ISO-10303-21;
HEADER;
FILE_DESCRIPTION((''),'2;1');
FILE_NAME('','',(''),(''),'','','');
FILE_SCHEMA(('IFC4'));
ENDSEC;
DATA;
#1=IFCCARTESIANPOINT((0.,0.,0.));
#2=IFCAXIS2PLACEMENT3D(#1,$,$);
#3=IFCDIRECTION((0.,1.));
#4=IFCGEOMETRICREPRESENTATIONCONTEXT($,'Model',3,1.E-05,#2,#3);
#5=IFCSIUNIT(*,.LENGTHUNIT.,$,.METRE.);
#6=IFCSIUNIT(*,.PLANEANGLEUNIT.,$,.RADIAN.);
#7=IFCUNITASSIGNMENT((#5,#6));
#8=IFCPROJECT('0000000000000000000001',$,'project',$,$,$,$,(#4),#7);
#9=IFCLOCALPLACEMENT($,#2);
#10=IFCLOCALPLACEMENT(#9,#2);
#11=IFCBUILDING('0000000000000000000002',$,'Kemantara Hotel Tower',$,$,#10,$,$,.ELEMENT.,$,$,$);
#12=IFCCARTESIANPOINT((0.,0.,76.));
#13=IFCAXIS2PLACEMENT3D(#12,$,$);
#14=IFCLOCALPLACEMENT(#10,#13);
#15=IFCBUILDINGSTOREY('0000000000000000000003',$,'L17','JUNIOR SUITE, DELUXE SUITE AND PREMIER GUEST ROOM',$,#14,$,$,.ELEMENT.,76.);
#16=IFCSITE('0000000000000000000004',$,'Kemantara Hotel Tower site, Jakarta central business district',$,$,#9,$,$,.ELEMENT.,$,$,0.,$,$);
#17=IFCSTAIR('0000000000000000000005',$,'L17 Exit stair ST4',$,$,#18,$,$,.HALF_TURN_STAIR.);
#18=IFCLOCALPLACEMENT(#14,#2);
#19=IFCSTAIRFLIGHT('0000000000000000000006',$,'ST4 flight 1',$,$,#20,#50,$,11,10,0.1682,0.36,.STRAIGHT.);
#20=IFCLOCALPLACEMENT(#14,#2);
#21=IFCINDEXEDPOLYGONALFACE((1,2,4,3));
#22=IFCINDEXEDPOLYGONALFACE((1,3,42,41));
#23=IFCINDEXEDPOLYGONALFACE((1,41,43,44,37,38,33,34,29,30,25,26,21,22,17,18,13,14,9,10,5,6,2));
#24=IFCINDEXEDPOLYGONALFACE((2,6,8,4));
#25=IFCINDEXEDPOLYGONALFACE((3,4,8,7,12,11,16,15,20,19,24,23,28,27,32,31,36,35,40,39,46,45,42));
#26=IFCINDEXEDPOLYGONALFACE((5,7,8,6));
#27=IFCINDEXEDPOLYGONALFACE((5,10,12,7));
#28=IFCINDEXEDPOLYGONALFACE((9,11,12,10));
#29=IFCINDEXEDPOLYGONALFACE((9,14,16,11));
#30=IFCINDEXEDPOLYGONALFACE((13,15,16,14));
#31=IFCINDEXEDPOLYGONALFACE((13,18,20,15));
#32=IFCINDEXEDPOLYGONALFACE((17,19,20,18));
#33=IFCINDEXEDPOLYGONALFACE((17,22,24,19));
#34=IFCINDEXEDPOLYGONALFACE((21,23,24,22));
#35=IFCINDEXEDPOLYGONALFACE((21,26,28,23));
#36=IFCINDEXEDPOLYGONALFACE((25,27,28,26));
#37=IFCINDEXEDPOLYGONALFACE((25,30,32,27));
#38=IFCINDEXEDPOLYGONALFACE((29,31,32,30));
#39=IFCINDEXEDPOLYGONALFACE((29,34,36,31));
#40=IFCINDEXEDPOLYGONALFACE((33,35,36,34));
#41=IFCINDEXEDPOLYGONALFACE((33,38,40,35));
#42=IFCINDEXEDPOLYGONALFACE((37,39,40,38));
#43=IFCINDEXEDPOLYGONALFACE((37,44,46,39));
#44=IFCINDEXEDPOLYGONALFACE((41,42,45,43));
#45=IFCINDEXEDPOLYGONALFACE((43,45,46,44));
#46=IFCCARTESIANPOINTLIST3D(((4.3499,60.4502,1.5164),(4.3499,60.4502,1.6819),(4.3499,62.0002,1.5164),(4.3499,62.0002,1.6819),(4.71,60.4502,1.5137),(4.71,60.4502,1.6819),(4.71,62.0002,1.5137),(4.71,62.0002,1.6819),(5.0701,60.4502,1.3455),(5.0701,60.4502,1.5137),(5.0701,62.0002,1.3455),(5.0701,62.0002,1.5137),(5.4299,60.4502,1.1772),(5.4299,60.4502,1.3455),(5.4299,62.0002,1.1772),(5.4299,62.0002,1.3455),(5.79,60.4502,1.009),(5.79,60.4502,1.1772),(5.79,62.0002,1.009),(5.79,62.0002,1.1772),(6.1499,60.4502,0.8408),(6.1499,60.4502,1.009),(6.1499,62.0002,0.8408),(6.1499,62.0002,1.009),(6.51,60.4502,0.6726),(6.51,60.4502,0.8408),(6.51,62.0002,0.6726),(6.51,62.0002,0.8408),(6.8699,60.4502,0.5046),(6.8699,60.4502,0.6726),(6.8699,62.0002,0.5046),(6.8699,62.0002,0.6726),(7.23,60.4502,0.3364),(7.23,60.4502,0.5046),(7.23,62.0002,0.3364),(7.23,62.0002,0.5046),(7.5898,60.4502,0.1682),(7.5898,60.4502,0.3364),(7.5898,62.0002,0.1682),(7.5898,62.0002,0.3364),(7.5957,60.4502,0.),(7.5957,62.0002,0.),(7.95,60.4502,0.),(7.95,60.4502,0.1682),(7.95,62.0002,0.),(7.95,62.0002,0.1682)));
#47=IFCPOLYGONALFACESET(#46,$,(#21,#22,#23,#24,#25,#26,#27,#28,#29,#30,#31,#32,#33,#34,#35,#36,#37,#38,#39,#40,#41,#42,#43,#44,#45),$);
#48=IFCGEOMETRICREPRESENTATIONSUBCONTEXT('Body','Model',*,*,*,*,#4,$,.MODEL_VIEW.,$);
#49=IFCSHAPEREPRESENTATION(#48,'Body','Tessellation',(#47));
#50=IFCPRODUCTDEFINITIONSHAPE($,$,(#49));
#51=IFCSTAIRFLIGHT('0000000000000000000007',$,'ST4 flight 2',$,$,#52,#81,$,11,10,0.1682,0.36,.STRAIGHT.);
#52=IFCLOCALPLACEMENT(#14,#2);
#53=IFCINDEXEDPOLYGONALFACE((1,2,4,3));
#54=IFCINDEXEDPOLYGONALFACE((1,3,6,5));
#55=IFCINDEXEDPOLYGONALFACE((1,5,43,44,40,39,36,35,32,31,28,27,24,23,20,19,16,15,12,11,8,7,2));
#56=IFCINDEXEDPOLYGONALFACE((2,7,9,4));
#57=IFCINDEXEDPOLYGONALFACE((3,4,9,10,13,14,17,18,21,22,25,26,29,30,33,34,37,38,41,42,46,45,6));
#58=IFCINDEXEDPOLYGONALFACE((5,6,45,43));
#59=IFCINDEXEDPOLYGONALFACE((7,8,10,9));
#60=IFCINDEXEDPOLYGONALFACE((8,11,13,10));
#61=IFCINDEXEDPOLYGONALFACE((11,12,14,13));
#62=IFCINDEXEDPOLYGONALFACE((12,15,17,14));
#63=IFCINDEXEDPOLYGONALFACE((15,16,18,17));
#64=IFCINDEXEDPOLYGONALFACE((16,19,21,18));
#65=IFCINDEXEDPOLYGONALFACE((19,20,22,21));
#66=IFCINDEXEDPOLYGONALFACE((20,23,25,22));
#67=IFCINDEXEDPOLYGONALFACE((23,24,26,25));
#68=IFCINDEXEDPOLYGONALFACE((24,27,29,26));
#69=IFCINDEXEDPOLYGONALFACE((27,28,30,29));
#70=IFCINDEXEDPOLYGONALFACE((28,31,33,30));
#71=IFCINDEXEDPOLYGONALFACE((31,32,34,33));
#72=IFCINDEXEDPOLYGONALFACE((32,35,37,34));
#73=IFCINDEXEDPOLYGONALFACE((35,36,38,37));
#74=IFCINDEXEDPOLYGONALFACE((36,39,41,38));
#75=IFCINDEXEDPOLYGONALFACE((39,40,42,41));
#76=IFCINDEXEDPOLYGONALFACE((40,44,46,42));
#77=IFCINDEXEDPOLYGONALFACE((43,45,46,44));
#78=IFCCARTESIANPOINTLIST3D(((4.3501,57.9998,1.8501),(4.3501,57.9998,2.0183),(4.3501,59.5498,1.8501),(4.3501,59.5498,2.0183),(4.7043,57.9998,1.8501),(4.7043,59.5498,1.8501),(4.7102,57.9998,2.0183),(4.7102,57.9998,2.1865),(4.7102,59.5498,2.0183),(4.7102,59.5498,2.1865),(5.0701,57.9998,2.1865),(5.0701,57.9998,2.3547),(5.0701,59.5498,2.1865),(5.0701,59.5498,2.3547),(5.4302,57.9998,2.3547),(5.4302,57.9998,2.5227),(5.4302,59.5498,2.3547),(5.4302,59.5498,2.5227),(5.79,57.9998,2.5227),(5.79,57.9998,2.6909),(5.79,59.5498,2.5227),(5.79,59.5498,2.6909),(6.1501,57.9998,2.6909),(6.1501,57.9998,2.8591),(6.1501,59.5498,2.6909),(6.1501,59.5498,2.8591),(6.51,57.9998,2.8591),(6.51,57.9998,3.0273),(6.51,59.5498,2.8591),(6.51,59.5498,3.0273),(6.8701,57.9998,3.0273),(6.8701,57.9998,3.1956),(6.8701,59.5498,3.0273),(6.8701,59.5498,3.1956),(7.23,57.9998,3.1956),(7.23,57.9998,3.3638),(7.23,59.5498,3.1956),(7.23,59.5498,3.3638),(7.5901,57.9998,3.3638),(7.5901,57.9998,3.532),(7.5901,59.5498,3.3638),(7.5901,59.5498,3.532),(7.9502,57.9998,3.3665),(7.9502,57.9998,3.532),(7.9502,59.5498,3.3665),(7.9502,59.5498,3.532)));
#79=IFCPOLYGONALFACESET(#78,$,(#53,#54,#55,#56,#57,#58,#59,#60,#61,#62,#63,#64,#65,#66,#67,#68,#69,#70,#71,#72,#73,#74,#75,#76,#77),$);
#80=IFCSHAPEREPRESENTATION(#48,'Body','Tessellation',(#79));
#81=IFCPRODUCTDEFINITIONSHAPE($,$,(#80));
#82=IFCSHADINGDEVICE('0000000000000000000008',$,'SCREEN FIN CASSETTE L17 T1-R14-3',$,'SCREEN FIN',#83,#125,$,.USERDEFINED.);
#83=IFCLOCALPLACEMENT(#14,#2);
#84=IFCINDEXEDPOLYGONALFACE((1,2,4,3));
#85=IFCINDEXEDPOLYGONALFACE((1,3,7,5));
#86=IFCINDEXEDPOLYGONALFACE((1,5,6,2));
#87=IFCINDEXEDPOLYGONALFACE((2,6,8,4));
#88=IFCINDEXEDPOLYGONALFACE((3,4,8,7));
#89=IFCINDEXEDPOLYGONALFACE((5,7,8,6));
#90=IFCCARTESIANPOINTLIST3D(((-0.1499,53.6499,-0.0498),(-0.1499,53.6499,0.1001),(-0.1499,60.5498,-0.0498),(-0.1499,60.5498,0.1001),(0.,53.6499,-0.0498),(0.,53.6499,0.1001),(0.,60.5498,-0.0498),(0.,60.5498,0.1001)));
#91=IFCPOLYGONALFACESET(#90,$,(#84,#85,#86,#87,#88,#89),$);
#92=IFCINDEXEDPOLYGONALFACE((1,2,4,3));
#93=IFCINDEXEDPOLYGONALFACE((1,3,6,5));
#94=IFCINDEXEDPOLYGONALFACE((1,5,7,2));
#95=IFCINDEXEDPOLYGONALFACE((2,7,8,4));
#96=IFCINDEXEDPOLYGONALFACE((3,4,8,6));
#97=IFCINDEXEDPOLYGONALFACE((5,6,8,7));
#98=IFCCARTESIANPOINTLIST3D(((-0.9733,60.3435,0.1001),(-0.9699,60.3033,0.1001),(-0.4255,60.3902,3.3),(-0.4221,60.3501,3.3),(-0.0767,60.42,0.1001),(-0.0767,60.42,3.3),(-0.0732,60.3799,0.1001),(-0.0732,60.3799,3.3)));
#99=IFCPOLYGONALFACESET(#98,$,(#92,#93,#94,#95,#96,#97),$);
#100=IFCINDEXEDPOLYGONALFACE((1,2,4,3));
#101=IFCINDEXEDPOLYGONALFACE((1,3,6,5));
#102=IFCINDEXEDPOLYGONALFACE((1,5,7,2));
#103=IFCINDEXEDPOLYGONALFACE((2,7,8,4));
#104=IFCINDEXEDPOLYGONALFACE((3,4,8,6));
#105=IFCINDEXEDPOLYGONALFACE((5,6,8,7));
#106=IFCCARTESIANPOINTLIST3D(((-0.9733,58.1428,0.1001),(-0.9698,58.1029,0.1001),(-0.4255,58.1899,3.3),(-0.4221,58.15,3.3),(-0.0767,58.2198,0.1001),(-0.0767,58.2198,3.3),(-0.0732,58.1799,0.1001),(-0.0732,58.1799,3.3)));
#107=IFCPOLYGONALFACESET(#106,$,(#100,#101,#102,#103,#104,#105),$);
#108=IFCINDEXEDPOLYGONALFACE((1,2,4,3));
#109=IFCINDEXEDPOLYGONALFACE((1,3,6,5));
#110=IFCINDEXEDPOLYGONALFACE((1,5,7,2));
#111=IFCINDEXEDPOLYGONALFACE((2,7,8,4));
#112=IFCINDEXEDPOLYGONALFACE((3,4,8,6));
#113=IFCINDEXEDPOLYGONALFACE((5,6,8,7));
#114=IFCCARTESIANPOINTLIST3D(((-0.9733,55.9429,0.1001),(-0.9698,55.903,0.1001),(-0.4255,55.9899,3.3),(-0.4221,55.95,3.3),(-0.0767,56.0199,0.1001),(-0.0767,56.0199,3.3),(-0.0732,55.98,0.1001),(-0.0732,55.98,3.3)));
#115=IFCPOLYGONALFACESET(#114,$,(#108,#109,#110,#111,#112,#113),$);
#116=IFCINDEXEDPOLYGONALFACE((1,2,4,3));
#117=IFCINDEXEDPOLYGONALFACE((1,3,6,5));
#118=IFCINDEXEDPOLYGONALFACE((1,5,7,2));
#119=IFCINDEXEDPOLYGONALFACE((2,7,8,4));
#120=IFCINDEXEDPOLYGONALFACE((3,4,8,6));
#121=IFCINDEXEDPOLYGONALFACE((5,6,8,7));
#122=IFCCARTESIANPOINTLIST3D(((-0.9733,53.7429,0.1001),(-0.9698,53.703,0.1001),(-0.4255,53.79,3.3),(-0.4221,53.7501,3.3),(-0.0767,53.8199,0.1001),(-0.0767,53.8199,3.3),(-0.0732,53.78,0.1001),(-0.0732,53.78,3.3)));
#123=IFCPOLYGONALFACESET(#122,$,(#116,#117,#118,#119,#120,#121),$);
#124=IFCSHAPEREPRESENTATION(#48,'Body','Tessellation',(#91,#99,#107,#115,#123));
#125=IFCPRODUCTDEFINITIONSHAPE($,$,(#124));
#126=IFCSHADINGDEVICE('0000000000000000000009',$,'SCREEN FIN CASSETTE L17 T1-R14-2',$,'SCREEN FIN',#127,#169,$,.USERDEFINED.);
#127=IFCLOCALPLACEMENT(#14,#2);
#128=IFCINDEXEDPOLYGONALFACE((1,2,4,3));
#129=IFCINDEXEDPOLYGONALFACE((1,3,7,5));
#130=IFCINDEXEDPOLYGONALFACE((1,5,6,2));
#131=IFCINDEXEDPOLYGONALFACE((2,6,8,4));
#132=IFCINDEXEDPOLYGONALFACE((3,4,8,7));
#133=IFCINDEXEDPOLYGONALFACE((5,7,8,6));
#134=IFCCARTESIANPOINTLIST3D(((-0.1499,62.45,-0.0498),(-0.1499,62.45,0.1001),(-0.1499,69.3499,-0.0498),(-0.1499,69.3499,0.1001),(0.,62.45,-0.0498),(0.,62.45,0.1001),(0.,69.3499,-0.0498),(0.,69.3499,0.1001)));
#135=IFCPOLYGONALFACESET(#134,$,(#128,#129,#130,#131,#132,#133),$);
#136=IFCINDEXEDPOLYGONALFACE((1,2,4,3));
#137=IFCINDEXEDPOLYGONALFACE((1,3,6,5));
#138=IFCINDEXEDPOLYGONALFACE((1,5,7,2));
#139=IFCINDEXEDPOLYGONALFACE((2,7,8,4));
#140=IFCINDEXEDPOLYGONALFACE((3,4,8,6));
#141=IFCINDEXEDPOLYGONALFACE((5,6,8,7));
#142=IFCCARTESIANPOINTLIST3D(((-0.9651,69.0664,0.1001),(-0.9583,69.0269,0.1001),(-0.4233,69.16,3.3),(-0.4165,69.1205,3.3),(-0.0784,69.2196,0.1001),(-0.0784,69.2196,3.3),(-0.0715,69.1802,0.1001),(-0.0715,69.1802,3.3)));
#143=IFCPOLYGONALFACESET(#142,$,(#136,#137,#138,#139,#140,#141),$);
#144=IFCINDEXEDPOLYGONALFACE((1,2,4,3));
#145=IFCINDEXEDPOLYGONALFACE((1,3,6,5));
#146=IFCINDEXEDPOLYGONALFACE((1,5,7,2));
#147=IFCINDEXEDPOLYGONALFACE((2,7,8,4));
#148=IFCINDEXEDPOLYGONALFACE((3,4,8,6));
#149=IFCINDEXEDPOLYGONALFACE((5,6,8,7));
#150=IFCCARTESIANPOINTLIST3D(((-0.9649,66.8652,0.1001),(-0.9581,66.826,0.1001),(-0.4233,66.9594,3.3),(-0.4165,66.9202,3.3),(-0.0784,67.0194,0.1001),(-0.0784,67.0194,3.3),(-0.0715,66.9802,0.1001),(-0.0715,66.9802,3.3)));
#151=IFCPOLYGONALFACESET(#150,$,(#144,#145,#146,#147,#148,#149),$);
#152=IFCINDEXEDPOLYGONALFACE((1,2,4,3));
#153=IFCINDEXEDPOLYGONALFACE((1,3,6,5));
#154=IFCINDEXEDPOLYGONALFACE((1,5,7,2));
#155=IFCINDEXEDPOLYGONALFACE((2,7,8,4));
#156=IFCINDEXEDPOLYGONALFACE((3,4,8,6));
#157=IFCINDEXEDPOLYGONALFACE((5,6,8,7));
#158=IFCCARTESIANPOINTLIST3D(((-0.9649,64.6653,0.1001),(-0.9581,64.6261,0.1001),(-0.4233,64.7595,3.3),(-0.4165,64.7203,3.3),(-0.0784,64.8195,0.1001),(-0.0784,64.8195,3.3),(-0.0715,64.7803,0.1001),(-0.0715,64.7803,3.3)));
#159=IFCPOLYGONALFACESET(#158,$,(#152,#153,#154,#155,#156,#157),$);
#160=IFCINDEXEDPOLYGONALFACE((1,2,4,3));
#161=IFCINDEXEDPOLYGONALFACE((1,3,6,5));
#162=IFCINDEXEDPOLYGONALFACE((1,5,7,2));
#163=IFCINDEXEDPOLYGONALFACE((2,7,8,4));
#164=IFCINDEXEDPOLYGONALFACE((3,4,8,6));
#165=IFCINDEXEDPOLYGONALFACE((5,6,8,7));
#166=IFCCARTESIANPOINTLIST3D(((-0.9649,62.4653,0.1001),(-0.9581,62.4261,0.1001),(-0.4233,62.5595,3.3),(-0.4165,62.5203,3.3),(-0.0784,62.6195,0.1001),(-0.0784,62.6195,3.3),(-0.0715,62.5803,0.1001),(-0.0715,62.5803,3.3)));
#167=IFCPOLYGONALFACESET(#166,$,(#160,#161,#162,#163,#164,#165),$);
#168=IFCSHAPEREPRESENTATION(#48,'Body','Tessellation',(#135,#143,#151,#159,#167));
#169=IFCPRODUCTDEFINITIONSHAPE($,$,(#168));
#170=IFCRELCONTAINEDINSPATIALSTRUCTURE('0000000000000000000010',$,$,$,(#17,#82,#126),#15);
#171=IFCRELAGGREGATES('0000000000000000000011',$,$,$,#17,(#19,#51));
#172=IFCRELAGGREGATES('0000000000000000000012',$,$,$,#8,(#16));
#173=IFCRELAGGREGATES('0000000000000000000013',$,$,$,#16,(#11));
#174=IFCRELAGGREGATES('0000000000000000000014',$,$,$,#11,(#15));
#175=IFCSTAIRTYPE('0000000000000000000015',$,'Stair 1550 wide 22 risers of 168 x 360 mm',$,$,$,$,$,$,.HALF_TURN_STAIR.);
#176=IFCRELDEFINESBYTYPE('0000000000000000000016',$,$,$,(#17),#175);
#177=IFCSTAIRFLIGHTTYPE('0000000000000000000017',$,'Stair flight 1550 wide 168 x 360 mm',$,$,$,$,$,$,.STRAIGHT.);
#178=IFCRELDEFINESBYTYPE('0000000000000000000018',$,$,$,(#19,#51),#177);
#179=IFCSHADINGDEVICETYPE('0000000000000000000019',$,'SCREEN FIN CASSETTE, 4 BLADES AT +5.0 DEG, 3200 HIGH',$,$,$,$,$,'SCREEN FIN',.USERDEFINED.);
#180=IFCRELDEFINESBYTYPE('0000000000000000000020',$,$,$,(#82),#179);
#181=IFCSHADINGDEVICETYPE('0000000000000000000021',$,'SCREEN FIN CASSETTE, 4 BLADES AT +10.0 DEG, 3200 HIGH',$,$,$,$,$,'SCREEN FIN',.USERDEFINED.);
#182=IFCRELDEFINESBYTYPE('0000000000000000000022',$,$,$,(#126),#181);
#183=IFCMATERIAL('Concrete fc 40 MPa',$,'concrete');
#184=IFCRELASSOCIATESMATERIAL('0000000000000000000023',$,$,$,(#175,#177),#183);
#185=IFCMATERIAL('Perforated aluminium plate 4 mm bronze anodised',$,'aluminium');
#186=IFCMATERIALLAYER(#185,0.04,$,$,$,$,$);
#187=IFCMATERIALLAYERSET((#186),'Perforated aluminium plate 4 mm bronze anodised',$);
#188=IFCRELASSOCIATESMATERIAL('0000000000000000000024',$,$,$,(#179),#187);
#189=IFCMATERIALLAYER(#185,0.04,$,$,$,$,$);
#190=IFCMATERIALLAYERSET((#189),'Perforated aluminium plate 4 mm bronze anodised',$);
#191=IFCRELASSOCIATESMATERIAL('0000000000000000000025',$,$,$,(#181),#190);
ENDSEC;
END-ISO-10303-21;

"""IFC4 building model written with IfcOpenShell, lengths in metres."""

from ifc_helpers import new_model, si_unit, direction, frame, origin, origin_2d, place, context, subcontext, project, spatial, polyline, rectangle, outline, extrude, source, transform, mapped, material, layer, layer_set, type_object, element, aggregate, save


model = new_model("IFC4")

# Units and contexts
model_context = context("Model", 3, precision=1e-05, world=origin(), true_north=direction((0.0, 1.0)))
body_context = subcontext(model_context, "Body", "Model", "MODEL_VIEW")
ifc_project = project(units=[si_unit("LENGTHUNIT", "METRE"), si_unit("PLANEANGLEUNIT", "RADIAN")], contexts=[model_context])

# Site, building, storey
site_placement = place(None, origin())
site = spatial("IfcSite", under=ifc_project, at=site_placement, Name="Kemantara Hotel Tower site, Jakarta central business district", CompositionType="ELEMENT", RefElevation=0.0)
building_placement = place(site_placement, origin())
building = spatial("IfcBuilding", under=site, at=building_placement, Name="Kemantara Hotel Tower", CompositionType="ELEMENT")
storey_placement = place(building_placement, frame((0.0, 0.0, 76.0)))
storey = spatial("IfcBuildingStorey", under=building, at=storey_placement, Name="L17", Description="JUNIOR SUITE, DELUXE SUITE AND PREMIER GUEST ROOM", CompositionType="ELEMENT", Elevation=76.0)

# Shared definitions
ifc_material_1 = material(Name="Concrete fc 40 MPa", Category="concrete")

# Stair, stair flights
stair_type = type_object("IfcStairType", Name="Stair 1550 wide 22 risers of 168 x 360 mm", PredefinedType="HALF_TURN_STAIR", material=ifc_material_1)
stair_placement = place(storey_placement, origin())
stair = element("IfcStair", 1, at=stair_placement, inside=storey, type_object=stair_type, Name="L17 Exit stair ST4", PredefinedType="HALF_TURN_STAIR")
stair_flight_type = type_object("IfcStairFlightType", Name="Stair flight 1550 wide 168 x 360 mm", PredefinedType="STRAIGHT", material=ifc_material_1)
stair_flight_1_placement = place(storey_placement, frame((7.95, 61.2251, 0.0), z_axis=(0.0, 0.0, 1.0), x_axis=(-1.0, 0.0, 0.0)))
stair_flight_1 = element("IfcStairFlight", 2, at=stair_flight_1_placement, type_object=stair_flight_type, Name="ST4 flight 1", NumberOfRisers=11, NumberOfTreads=10, PredefinedType="STRAIGHT", RiserHeight=0.1682, TreadLength=0.36, context=body_context, shape_type="SweptSolid", body=[
    extrude(outline(polyline([(0.0, 0.0), (0.0, 0.1682), (0.3601, 0.1682), (0.3601, 0.3364), (0.72, 0.3364), (0.72, 0.5046), (1.0801, 0.5046), (1.0801, 0.6726), (1.4399, 0.6726), (1.4399, 0.8408), (1.8, 0.8408), (1.8, 1.009), (2.1599, 1.009), (2.1599, 1.1772), (2.52, 1.1772), (2.52, 1.3455), (2.8799, 1.3455), (2.8799, 1.5137), (3.24, 1.5137), (3.24, 1.6819), (3.6001, 1.6819), (3.6001, 1.8501), (3.6001, 1.5164), (0.3542, 0.0), (0.0, 0.0)])), frame((0.0, 0.7749, 0.0), z_axis=(0.0, -1.0, 0.0), x_axis=(1.0, 0.0, 0.0)), (0.0, 0.0, 1.0), 1.55),
])
stair_flight_2_placement = place(storey_placement, frame((4.3501, 58.7749, 1.8501), z_axis=(0.0, 0.0, 1.0), x_axis=(1.0, 0.0, 0.0)))
stair_flight_2 = element("IfcStairFlight", 3, at=stair_flight_2_placement, type_object=stair_flight_type, Name="ST4 flight 2", NumberOfRisers=11, NumberOfTreads=10, PredefinedType="STRAIGHT", RiserHeight=0.1682, TreadLength=0.36, context=body_context, shape_type="SweptSolid", body=[
    extrude(outline(polyline([(0.0, 0.0), (0.0, 0.1682), (0.3601, 0.1682), (0.3601, 0.3364), (0.72, 0.3364), (0.72, 0.5046), (1.0801, 0.5046), (1.0801, 0.6726), (1.4399, 0.6726), (1.4399, 0.8408), (1.8, 0.8408), (1.8, 1.009), (2.1599, 1.009), (2.1599, 1.1772), (2.52, 1.1772), (2.52, 1.3455), (2.8799, 1.3455), (2.8799, 1.5137), (3.24, 1.5137), (3.24, 1.6819), (3.6001, 1.6819), (3.6001, 1.8501), (3.6001, 1.5164), (0.3542, 0.0), (0.0, 0.0)])), frame((0.0, 0.7749, 0.0), z_axis=(0.0, -1.0, 0.0), x_axis=(1.0, 0.0, 0.0)), (0.0, 0.0, 1.0), 1.55),
])
aggregate(stair, [stair_flight_1, stair_flight_2])

# Shading devices
ifc_material_2 = material(Name="Perforated aluminium plate 4 mm bronze anodised", Category="aluminium")
ifc_layer_1 = layer(ifc_material_2, 0.04)
ifc_layer_set_1 = layer_set([ifc_layer_1], Name="Perforated aluminium plate 4 mm bronze anodised")
shading_device_type_1 = type_object("IfcShadingDeviceType", Name="SCREEN FIN CASSETTE, 4 BLADES AT +5.0 DEG, 3200 HIGH", ElementType="SCREEN FIN", PredefinedType="USERDEFINED", material=ifc_layer_set_1)
shared_shape_1 = source(origin(), body_context, "Body", "SweptSolid", [
    extrude(rectangle(XDim=6.8999, YDim=0.1499, at=origin_2d()), frame((3.3, -0.075, -0.1499), z_axis=(0.0, 0.0, 1.0), x_axis=(1.0, 0.0, 0.0)), (0.0, 0.0, 1.0), 0.1499),
    extrude(outline(polyline([(0.0, 0.0), (0.8999, 0.0), (0.3501, 3.2), (0.0, 3.2), (0.0, 0.0)])), frame((0.02, -0.0732, 0.0), z_axis=(-0.996376, -0.085056, 0.0), x_axis=(0.085056, -0.996376, 0.0)), (0.0, 0.0, 1.0), 0.0403),
    extrude(outline(polyline([(0.0, 0.0), (0.8999, 0.0), (0.3501, 3.2), (0.0, 3.2), (0.0, 0.0)])), frame((2.22, -0.0732, 0.0), z_axis=(-0.996332, -0.085575, 0.0), x_axis=(0.085575, -0.996332, 0.0)), (0.0, 0.0, 1.0), 0.04),
    extrude(outline(polyline([(0.0, 0.0), (0.8999, 0.0), (0.3501, 3.2), (0.0, 3.2), (0.0, 0.0)])), frame((4.4199, -0.0732, 0.0), z_axis=(-0.996332, -0.085575, 0.0), x_axis=(0.085575, -0.996332, 0.0)), (0.0, 0.0, 1.0), 0.04),
    extrude(outline(polyline([(0.0, 0.0), (0.8999, 0.0), (0.3501, 3.2), (0.0, 3.2), (0.0, 0.0)])), frame((6.6199, -0.0732, 0.0), z_axis=(-0.996332, -0.085575, 0.0), x_axis=(0.085575, -0.996332, 0.0)), (0.0, 0.0, 1.0), 0.04),
])
shading_device_1_placement = place(storey_placement, frame((0.0, 60.3999, 0.1001), z_axis=(0.0, 0.0, 1.0), x_axis=(0.0, -1.0, 0.0)))
element("IfcShadingDevice", 4, at=shading_device_1_placement, inside=storey, type_object=shading_device_type_1, Name="SCREEN FIN CASSETTE L17 T1-R14-3", ObjectType="SCREEN FIN", PredefinedType="USERDEFINED", context=body_context, shape_type="MappedRepresentation", body=[
    mapped(shared_shape_1, transform((0.0, 0.0, 0.0))),
])
ifc_layer_2 = layer(ifc_material_2, 0.04)
ifc_layer_set_2 = layer_set([ifc_layer_2], Name="Perforated aluminium plate 4 mm bronze anodised")
shading_device_type_2 = type_object("IfcShadingDeviceType", Name="SCREEN FIN CASSETTE, 4 BLADES AT +10.0 DEG, 3200 HIGH", ElementType="SCREEN FIN", PredefinedType="USERDEFINED", material=ifc_layer_set_2)
shared_shape_2 = source(origin(), body_context, "Body", "SweptSolid", [
    extrude(rectangle(XDim=6.8999, YDim=0.1499, at=origin_2d()), frame((3.3, -0.075, -0.1499), z_axis=(0.0, 0.0, 1.0), x_axis=(1.0, 0.0, 0.0)), (0.0, 0.0, 1.0), 0.1499),
    extrude(outline(polyline([(0.0, 0.0), (0.8999, 0.0), (0.3501, 3.2), (0.0, 3.2), (0.0, 0.0)])), frame((0.0198, -0.0715, 0.0), z_axis=(-0.98539, -0.170314, 0.0), x_axis=(0.170314, -0.98539, 0.0)), (0.0, 0.0, 1.0), 0.04),
    extrude(outline(polyline([(0.0, 0.0), (0.8999, 0.0), (0.3501, 3.2), (0.0, 3.2), (0.0, 0.0)])), frame((2.2197, -0.0715, 0.0), z_axis=(-0.985212, -0.171341, 0.0), x_axis=(0.171341, -0.985212, 0.0)), (0.0, 0.0, 1.0), 0.0398),
    extrude(outline(polyline([(0.0, 0.0), (0.8999, 0.0), (0.3501, 3.2), (0.0, 3.2), (0.0, 0.0)])), frame((4.4197, -0.0715, 0.0), z_axis=(-0.985212, -0.171341, 0.0), x_axis=(0.171341, -0.985212, 0.0)), (0.0, 0.0, 1.0), 0.0398),
    extrude(outline(polyline([(0.0, 0.0), (0.8999, 0.0), (0.3501, 3.2), (0.0, 3.2), (0.0, 0.0)])), frame((6.6196, -0.0715, 0.0), z_axis=(-0.985212, -0.171341, 0.0), x_axis=(0.171341, -0.985212, 0.0)), (0.0, 0.0, 1.0), 0.0398),
])
shading_device_2_placement = place(storey_placement, frame((0.0, 69.2, 0.1001), z_axis=(0.0, 0.0, 1.0), x_axis=(0.0, -1.0, 0.0)))
element("IfcShadingDevice", 5, at=shading_device_2_placement, inside=storey, type_object=shading_device_type_2, Name="SCREEN FIN CASSETTE L17 T1-R14-2", ObjectType="SCREEN FIN", PredefinedType="USERDEFINED", context=body_context, shape_type="MappedRepresentation", body=[
    mapped(shared_shape_2, transform((0.0, 0.0, 0.0))),
])

save(model, "model.ifc")
